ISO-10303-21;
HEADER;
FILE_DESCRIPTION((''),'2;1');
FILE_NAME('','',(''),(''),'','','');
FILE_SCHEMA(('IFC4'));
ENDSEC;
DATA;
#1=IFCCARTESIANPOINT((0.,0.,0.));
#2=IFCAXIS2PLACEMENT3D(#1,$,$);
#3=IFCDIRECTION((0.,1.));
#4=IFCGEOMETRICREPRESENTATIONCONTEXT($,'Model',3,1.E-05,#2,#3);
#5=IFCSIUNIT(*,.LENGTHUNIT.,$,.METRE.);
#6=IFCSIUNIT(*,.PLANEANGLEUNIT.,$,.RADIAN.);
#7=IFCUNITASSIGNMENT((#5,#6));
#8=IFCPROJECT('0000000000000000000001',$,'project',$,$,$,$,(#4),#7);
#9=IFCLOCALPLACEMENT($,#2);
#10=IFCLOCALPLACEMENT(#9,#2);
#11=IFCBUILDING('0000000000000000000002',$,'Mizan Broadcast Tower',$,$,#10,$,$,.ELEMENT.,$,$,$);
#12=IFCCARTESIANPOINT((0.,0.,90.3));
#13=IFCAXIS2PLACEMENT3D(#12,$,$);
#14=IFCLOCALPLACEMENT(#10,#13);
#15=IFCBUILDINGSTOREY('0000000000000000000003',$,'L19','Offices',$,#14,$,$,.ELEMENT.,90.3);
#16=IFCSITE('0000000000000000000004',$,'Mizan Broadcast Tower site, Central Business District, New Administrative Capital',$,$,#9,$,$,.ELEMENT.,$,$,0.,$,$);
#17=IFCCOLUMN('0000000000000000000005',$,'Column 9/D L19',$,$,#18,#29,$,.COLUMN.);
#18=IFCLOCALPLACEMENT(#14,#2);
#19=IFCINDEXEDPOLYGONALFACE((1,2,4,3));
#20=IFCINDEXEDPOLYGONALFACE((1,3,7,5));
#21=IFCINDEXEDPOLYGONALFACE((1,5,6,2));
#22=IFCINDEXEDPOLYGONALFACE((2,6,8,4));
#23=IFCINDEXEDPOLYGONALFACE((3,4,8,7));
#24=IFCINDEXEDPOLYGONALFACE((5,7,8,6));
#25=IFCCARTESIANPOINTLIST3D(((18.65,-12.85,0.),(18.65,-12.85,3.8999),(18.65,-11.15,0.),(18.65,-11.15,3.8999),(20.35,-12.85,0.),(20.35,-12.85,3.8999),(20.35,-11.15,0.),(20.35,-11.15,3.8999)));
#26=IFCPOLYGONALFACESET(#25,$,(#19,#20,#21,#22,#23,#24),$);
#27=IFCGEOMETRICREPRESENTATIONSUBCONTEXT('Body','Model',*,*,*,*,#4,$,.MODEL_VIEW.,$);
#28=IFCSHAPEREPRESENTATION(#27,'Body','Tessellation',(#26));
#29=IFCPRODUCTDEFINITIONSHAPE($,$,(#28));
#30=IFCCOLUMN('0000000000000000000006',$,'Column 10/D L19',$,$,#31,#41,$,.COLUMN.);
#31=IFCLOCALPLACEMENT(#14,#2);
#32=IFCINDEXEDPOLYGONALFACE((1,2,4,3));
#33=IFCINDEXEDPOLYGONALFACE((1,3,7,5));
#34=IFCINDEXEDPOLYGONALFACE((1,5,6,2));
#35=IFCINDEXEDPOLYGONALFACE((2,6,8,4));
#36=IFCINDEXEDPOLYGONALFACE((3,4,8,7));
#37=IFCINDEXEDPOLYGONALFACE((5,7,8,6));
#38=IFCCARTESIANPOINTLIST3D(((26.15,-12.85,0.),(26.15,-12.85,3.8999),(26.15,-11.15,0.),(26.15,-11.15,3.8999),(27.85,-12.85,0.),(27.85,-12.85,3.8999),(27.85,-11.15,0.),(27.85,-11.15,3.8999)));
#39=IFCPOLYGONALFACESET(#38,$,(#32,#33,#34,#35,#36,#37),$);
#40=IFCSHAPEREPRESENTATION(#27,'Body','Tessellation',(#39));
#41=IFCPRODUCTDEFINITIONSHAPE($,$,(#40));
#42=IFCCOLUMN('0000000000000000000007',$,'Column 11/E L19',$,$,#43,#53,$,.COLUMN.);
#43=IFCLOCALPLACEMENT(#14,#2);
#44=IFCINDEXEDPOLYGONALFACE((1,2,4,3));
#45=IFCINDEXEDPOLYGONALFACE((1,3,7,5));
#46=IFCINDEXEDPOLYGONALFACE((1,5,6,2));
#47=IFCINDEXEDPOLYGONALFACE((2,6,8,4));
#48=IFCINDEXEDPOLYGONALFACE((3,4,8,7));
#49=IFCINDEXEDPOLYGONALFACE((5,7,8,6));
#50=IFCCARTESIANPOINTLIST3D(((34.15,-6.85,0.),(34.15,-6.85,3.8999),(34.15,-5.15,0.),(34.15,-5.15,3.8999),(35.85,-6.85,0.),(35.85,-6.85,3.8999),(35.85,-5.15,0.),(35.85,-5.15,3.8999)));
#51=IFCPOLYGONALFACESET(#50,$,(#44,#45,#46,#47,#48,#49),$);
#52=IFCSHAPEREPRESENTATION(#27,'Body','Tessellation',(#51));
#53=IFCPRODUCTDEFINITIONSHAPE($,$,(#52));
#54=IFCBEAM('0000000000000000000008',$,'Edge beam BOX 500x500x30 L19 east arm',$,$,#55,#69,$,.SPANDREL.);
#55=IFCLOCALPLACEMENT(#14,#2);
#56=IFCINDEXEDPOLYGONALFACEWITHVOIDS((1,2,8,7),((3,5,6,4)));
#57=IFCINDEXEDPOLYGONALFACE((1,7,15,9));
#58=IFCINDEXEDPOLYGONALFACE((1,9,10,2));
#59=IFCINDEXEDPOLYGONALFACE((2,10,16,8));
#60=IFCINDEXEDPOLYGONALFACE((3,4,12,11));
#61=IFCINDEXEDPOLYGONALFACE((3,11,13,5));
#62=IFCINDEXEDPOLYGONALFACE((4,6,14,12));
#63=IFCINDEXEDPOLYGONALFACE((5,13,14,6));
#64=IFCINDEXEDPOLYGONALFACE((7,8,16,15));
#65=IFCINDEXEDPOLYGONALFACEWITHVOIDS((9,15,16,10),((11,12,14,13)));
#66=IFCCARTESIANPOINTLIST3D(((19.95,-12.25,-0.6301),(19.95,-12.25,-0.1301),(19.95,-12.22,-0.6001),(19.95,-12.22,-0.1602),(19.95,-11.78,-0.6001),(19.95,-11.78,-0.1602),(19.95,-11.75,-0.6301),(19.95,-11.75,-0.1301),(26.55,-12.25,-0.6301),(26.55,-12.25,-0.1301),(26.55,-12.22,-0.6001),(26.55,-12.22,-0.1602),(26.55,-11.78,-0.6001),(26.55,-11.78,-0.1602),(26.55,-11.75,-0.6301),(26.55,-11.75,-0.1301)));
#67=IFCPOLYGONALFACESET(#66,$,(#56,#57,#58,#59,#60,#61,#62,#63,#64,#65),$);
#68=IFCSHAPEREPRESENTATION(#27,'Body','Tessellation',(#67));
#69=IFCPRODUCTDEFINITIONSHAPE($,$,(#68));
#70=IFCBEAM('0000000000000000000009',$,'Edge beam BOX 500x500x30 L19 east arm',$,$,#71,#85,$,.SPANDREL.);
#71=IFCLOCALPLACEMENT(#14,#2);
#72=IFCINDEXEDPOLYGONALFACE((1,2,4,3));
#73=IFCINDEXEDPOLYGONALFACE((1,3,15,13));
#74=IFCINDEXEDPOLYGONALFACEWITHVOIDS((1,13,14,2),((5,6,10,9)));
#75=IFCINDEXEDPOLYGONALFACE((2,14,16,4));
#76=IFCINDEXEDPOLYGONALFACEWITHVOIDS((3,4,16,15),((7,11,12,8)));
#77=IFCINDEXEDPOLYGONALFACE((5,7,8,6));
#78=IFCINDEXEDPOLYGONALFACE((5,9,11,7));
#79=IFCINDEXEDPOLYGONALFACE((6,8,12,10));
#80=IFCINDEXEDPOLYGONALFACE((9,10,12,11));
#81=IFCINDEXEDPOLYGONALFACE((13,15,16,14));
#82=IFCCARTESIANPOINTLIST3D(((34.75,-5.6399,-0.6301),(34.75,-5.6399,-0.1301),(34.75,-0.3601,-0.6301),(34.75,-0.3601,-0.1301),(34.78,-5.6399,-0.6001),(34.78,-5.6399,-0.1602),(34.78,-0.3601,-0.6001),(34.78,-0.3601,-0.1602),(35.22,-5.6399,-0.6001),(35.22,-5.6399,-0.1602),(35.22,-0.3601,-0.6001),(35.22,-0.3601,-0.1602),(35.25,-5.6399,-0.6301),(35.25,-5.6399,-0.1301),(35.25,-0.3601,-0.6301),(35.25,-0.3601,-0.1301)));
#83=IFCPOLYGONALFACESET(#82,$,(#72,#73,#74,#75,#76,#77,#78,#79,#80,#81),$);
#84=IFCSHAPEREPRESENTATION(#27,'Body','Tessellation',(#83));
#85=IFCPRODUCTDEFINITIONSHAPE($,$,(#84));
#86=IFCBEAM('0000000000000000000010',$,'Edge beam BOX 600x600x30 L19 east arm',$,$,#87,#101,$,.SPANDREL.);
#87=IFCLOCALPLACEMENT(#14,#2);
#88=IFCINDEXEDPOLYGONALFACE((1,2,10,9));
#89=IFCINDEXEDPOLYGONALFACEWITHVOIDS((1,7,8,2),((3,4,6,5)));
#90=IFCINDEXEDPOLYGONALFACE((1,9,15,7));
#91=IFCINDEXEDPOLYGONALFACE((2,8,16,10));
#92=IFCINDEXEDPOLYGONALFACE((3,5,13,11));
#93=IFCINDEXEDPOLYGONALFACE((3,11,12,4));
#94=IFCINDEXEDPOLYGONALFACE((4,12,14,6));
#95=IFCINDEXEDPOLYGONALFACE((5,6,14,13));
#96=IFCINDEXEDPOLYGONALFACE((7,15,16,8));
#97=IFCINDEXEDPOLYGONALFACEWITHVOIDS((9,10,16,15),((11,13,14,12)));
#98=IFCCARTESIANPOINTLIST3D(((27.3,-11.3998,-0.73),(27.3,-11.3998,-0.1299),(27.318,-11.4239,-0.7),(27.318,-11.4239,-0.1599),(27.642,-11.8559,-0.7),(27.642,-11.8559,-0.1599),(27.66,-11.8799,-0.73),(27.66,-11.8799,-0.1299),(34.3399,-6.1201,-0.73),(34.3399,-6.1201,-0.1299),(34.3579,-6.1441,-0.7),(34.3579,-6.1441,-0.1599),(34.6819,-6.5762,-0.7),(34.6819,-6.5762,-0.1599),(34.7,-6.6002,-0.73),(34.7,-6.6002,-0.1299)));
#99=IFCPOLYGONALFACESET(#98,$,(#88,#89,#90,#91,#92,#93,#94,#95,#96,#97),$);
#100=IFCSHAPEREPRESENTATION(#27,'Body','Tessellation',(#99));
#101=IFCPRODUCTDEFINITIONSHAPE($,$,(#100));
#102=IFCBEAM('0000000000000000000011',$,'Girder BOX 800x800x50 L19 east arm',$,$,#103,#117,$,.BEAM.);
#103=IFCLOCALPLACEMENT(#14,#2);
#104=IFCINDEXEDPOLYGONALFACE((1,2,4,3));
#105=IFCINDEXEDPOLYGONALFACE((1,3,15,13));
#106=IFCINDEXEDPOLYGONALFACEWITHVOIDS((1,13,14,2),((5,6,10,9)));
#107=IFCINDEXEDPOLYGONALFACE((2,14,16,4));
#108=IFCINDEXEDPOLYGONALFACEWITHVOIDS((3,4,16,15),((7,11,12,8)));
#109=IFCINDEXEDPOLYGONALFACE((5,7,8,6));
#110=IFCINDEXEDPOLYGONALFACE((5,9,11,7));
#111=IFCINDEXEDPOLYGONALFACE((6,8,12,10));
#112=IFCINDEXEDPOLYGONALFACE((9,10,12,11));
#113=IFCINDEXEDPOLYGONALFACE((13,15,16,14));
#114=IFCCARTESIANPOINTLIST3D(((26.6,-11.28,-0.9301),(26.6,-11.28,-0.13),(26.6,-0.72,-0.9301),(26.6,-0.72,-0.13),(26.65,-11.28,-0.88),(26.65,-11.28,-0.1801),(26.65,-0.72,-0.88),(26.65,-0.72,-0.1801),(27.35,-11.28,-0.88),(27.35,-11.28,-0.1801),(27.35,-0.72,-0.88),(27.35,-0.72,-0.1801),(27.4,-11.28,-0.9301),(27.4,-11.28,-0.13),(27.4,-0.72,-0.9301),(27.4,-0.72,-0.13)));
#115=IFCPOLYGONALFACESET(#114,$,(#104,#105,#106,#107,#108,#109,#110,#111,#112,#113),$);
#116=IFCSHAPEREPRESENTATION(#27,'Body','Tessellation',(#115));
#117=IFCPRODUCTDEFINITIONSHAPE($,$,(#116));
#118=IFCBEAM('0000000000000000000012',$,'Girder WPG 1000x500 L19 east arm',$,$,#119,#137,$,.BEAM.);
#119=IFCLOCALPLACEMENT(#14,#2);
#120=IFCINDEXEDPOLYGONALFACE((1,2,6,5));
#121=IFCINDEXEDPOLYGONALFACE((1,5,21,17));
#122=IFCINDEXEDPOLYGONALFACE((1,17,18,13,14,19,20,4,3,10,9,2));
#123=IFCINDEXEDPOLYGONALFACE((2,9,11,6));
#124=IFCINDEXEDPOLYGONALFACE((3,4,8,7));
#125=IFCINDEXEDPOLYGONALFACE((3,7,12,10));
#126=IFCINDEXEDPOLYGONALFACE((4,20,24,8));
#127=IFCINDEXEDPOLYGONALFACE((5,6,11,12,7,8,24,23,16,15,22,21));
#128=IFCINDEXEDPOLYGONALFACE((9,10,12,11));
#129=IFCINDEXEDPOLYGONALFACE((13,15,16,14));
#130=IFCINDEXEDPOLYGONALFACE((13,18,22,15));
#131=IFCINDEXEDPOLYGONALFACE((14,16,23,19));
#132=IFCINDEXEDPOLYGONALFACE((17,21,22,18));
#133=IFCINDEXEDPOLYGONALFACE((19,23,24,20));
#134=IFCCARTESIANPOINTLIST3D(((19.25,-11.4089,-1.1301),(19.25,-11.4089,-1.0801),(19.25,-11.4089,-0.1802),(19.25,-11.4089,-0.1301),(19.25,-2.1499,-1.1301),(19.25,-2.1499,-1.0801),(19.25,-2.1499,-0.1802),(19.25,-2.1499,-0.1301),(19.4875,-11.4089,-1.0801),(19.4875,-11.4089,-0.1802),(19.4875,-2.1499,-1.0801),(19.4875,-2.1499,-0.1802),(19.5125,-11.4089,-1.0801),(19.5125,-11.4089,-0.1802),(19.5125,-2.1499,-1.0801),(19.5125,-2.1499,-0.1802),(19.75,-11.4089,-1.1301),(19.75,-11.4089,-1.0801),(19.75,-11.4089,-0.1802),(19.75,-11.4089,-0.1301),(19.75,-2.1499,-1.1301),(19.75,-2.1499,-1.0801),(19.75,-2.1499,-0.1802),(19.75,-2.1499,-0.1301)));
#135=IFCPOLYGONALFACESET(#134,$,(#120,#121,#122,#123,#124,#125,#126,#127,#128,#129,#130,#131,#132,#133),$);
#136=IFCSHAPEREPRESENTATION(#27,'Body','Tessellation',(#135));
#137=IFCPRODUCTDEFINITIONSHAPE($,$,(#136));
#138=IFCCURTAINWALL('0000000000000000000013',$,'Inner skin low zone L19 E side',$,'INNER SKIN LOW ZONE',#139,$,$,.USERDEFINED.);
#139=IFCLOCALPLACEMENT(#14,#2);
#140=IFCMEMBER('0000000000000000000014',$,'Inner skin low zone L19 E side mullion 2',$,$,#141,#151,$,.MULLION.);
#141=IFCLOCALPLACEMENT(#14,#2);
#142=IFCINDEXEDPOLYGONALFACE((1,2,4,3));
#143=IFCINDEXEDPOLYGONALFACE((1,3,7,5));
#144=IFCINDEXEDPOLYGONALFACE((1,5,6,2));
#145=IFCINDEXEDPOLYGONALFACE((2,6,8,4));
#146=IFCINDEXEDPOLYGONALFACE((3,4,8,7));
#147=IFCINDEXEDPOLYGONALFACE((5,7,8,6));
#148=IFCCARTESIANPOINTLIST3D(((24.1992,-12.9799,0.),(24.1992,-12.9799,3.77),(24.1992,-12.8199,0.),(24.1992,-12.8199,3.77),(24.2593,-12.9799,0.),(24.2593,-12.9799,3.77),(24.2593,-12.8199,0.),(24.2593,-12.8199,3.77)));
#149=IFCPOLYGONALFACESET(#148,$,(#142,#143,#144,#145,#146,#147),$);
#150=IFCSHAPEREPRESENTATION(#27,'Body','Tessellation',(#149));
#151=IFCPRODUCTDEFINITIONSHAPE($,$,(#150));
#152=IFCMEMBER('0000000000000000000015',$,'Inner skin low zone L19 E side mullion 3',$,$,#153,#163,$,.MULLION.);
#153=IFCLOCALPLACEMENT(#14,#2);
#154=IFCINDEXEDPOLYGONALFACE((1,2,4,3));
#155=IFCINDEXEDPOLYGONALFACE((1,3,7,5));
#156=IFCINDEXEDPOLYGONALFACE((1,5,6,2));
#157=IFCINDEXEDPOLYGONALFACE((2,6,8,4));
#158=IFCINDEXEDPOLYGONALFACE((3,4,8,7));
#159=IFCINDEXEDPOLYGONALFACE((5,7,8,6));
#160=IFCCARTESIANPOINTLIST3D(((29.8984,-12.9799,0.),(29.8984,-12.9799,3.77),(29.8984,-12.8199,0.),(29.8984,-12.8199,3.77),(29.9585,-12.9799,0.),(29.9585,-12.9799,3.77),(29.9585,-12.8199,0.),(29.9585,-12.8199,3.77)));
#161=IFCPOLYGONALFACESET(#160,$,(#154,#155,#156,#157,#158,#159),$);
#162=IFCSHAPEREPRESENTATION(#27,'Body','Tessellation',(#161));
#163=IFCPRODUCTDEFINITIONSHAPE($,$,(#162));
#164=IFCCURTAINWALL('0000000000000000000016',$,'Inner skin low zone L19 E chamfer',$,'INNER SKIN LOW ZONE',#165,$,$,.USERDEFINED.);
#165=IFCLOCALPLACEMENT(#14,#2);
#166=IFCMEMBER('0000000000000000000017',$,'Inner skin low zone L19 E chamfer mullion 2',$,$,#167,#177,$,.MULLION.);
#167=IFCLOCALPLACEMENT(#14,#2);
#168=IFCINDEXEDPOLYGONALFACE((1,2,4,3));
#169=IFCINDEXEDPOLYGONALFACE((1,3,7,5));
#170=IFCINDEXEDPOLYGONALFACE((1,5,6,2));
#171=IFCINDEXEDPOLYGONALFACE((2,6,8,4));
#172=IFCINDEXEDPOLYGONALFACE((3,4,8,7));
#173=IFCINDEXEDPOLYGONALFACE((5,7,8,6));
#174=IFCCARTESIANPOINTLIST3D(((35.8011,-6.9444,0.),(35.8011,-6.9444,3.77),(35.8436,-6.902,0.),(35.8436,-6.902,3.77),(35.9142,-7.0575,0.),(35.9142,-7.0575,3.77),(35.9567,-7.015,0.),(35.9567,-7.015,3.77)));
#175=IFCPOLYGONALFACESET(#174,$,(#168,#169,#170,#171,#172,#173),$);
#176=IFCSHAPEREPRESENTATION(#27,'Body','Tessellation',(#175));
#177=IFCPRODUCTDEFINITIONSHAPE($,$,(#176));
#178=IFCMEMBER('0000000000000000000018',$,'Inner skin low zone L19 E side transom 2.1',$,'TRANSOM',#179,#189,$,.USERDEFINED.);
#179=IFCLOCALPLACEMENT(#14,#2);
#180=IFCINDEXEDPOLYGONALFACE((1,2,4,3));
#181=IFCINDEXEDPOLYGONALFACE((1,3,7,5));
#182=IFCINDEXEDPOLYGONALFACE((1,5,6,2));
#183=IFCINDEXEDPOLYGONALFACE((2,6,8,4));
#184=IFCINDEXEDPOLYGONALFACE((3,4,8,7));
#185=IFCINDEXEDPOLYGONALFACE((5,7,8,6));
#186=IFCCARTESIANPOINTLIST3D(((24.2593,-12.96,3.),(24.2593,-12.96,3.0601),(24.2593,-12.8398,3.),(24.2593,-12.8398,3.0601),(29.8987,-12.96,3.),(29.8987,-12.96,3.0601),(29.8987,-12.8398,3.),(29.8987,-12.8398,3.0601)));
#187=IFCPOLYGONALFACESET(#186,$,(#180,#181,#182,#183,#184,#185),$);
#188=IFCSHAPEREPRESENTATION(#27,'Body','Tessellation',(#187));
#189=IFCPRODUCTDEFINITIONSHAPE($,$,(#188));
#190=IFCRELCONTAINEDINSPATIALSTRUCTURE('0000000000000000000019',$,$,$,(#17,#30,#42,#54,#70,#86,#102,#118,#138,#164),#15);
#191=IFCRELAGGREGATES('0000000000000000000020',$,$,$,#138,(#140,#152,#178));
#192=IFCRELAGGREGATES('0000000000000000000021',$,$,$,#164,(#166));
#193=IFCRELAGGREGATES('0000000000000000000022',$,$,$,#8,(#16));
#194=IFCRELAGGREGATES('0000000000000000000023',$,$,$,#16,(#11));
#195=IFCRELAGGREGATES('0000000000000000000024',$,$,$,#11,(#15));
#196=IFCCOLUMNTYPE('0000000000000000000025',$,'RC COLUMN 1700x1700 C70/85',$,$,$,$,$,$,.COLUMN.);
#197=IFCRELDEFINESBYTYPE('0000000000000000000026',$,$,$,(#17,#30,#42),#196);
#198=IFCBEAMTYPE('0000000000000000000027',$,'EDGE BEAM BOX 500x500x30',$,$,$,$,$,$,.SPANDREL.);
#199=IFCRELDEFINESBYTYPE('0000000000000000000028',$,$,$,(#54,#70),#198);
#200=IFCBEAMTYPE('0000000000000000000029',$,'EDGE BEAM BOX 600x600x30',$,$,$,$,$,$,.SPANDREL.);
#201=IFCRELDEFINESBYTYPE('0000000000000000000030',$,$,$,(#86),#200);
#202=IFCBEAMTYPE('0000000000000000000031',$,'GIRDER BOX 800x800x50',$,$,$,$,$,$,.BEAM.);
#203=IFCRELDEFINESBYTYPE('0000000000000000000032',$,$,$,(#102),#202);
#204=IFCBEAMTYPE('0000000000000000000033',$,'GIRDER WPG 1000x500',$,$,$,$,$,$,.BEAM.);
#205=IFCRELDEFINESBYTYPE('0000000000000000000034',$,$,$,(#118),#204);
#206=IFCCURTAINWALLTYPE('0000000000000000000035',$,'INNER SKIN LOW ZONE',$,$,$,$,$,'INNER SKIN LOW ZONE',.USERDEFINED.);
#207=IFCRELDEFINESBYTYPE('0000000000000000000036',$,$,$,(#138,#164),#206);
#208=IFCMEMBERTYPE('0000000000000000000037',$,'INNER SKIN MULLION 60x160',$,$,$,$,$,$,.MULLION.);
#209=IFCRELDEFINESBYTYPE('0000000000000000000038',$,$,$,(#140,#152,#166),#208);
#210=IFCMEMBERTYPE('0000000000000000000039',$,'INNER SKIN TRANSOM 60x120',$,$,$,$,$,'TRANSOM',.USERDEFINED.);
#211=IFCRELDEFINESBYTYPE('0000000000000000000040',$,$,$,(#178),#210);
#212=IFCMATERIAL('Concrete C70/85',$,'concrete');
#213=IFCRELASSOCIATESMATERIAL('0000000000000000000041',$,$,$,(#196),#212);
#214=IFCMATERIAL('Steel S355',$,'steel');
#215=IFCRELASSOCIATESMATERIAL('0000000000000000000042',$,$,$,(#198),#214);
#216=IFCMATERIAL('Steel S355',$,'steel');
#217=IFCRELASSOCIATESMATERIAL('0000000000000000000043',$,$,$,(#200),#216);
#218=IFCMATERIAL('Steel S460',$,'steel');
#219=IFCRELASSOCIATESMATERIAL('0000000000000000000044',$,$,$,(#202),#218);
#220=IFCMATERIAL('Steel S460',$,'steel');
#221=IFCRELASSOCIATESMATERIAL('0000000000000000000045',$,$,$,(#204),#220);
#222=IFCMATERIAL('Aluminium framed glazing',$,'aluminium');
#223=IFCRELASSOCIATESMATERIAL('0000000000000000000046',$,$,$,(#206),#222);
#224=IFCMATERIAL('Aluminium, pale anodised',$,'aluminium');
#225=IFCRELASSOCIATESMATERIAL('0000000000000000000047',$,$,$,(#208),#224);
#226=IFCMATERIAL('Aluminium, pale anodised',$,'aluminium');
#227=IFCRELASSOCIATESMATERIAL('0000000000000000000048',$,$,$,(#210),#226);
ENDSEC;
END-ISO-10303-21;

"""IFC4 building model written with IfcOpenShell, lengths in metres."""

from ifc_helpers import new_model, si_unit, direction, frame, origin, origin_2d, place, context, subcontext, project, spatial, rectangle, hollow_rectangle, i_section, extrude, material, material_profile, profile_set, type_object, element, aggregate, save


model = new_model("IFC4")

# Units and contexts
model_context = context("Model", 3, precision=1e-05, world=origin(), true_north=direction((0.0, 1.0)))
body_context = subcontext(model_context, "Body", "Model", "MODEL_VIEW")
ifc_project = project(units=[si_unit("LENGTHUNIT", "METRE"), si_unit("PLANEANGLEUNIT", "RADIAN")], contexts=[model_context])

# Site, building, storey
site_placement = place(None, origin())
site = spatial("IfcSite", under=ifc_project, at=site_placement, Name="Mizan Broadcast Tower site, Central Business District, New Administrative Capital", CompositionType="ELEMENT", RefElevation=0.0)
building_placement = place(site_placement, origin())
building = spatial("IfcBuilding", under=site, at=building_placement, Name="Mizan Broadcast Tower", CompositionType="ELEMENT")
storey_placement = place(building_placement, frame((0.0, 0.0, 90.3)))
storey = spatial("IfcBuildingStorey", under=building, at=storey_placement, Name="L19", Description="Offices", CompositionType="ELEMENT", Elevation=90.3)

# Columns
ifc_material_1 = material(Name="Concrete C70/85", Category="concrete")
ifc_material_profile_1 = material_profile(ifc_material_1, rectangle(XDim=1.7, YDim=1.7, at=origin_2d()), Name="RC 1700x1700")
ifc_profile_set_1 = profile_set([ifc_material_profile_1], Name="Concrete C70/85")
column_type = type_object("IfcColumnType", Name="RC COLUMN 1700x1700 C70/85", PredefinedType="COLUMN", material=ifc_profile_set_1)
for number, where, z_axis, x_axis, name in (
    (1, (19.5, -12.0, 0.0), (0.0, 0.0, 1.0), (1.0, 0.0, 0.0), "Column 9/D L19"),
    (2, (27.0, -12.0, 0.0), (0.0, 0.0, 1.0), (1.0, 0.0, 0.0), "Column 10/D L19"),
    (3, (35.0, -6.0, 0.0), (0.0, 0.0, 1.0), (1.0, 0.0, 0.0), "Column 11/E L19"),
):
    element("IfcColumn", number, at=place(storey_placement, frame(where, z_axis=z_axis, x_axis=x_axis)), inside=storey, type_object=column_type, Name=name, PredefinedType="COLUMN", context=body_context, shape_type="SweptSolid", body=[
        extrude(rectangle(XDim=1.7, YDim=1.7, at=origin_2d()), origin(), (0.0, 0.0, 1.0), 3.8999),
    ])

# Beams
ifc_material_2 = material(Name="Steel S355", Category="steel")
ifc_material_profile_2 = material_profile(ifc_material_2, hollow_rectangle(XDim=0.5, YDim=0.5, WallThickness=0.03, at=origin_2d()), Name="BOX 500x500x30")
ifc_profile_set_2 = profile_set([ifc_material_profile_2], Name="Steel S355")
beam_type_1 = type_object("IfcBeamType", Name="EDGE BEAM BOX 500x500x30", PredefinedType="SPANDREL", material=ifc_profile_set_2)
beam_1_placement = place(storey_placement, frame((19.95, -12.0, -0.3801), z_axis=(1.0, 0.0, 0.0), x_axis=(0.0, 1.0, 0.0)))
element("IfcBeam", 4, at=beam_1_placement, inside=storey, type_object=beam_type_1, Name="Edge beam BOX 500x500x30 L19 east arm", PredefinedType="SPANDREL", context=body_context, shape_type="SweptSolid", body=[
    extrude(hollow_rectangle(XDim=0.5, YDim=0.5, WallThickness=0.03, at=origin_2d()), origin(), (0.0, 0.0, 1.0), 6.6001),
])
beam_2_placement = place(storey_placement, frame((35.0, -5.6399, -0.3801), z_axis=(0.0, 1.0, 0.0), x_axis=(-1.0, 0.0, 0.0)))
element("IfcBeam", 5, at=beam_2_placement, inside=storey, type_object=beam_type_1, Name="Edge beam BOX 500x500x30 L19 east arm", PredefinedType="SPANDREL", context=body_context, shape_type="SweptSolid", body=[
    extrude(hollow_rectangle(XDim=0.5, YDim=0.5, WallThickness=0.03, at=origin_2d()), origin(), (0.0, 0.0, 1.0), 5.2798),
])
ifc_material_3 = material(Name="Steel S355", Category="steel")
ifc_material_profile_3 = material_profile(ifc_material_3, hollow_rectangle(XDim=0.6001, YDim=0.6001, WallThickness=0.03, at=origin_2d()), Name="BOX 600x600x30")
ifc_profile_set_3 = profile_set([ifc_material_profile_3], Name="Steel S355")
beam_type_2 = type_object("IfcBeamType", Name="EDGE BEAM BOX 600x600x30", PredefinedType="SPANDREL", material=ifc_profile_set_3)
beam_3_placement = place(storey_placement, frame((27.48, -11.6399, -0.4299), z_axis=(0.800013, 0.599982, 0.0), x_axis=(-0.599982, 0.800013, 0.0)))
element("IfcBeam", 6, at=beam_3_placement, inside=storey, type_object=beam_type_2, Name="Edge beam BOX 600x600x30 L19 east arm", PredefinedType="SPANDREL", context=body_context, shape_type="SweptSolid", body=[
    extrude(hollow_rectangle(XDim=0.6001, YDim=0.6001, WallThickness=0.03, at=origin_2d()), origin(), (0.0, 0.0, 1.0), 8.7998),
])
ifc_material_4 = material(Name="Steel S460", Category="steel")
ifc_material_profile_4 = material_profile(ifc_material_4, hollow_rectangle(XDim=0.8, YDim=0.8, WallThickness=0.05, at=origin_2d()), Name="BOX 800x800x50")
ifc_profile_set_4 = profile_set([ifc_material_profile_4], Name="Steel S460")
beam_type_3 = type_object("IfcBeamType", Name="GIRDER BOX 800x800x50", PredefinedType="BEAM", material=ifc_profile_set_4)
beam_4_placement = place(storey_placement, frame((27.0, -11.28, -0.53), z_axis=(0.0, 1.0, 0.0), x_axis=(-1.0, 0.0, 0.0)))
element("IfcBeam", 7, at=beam_4_placement, inside=storey, type_object=beam_type_3, Name="Girder BOX 800x800x50 L19 east arm", PredefinedType="BEAM", context=body_context, shape_type="SweptSolid", body=[
    extrude(hollow_rectangle(XDim=0.8, YDim=0.8, WallThickness=0.05, at=origin_2d()), origin(), (0.0, 0.0, 1.0), 10.5601),
])
ifc_material_5 = material(Name="Steel S460", Category="steel")
ifc_material_profile_5 = material_profile(ifc_material_5, i_section(OverallWidth=0.5, OverallDepth=1.0, WebThickness=0.0249, FlangeThickness=0.05, at=origin_2d()), Name="WPG 1000x500")
ifc_profile_set_5 = profile_set([ifc_material_profile_5], Name="Steel S460")
beam_type_4 = type_object("IfcBeamType", Name="GIRDER WPG 1000x500", PredefinedType="BEAM", material=ifc_profile_set_5)
beam_5_placement = place(storey_placement, frame((19.5, -11.4089, -0.6301), z_axis=(0.0, 1.0, 0.0), x_axis=(-1.0, 0.0, 0.0)))
element("IfcBeam", 8, at=beam_5_placement, inside=storey, type_object=beam_type_4, Name="Girder WPG 1000x500 L19 east arm", PredefinedType="BEAM", context=body_context, shape_type="SweptSolid", body=[
    extrude(i_section(OverallWidth=0.5, OverallDepth=1.0, WebThickness=0.0249, FlangeThickness=0.05, at=origin_2d()), origin(), (0.0, 0.0, 1.0), 9.259),
])

# Curtain wall, members
ifc_material_6 = material(Name="Aluminium framed glazing", Category="aluminium")
curtain_wall_type_1 = type_object("IfcCurtainWallType", Name="INNER SKIN LOW ZONE", ElementType="INNER SKIN LOW ZONE", PredefinedType="USERDEFINED", material=ifc_material_6)
curtain_wall_1_placement = place(storey_placement, origin())
curtain_wall_1 = element("IfcCurtainWall", 9, at=curtain_wall_1_placement, inside=storey, type_object=curtain_wall_type_1, Name="Inner skin low zone L19 E side", ObjectType="INNER SKIN LOW ZONE", PredefinedType="USERDEFINED")
ifc_material_7 = material(Name="Aluminium, pale anodised", Category="aluminium")
ifc_material_profile_6 = material_profile(ifc_material_7, rectangle(XDim=0.1599, YDim=0.0601, at=origin_2d()), Name="MULLION 160x60")
ifc_profile_set_6 = profile_set([ifc_material_profile_6], Name="Aluminium, pale anodised")
member_type_1 = type_object("IfcMemberType", Name="INNER SKIN MULLION 60x160", PredefinedType="MULLION", material=ifc_profile_set_6)
member_1_placement = place(storey_placement, frame((24.2292, -12.8999, 0.0), z_axis=(0.0, 0.0, 1.0), x_axis=(0.0, 1.0, 0.0)))
member_1 = element("IfcMember", 10, at=member_1_placement, type_object=member_type_1, Name="Inner skin low zone L19 E side mullion 2", PredefinedType="MULLION", context=body_context, shape_type="SweptSolid", body=[
    extrude(rectangle(XDim=0.1599, YDim=0.0601, at=origin_2d()), origin(), (0.0, 0.0, 1.0), 3.77),
])
member_2_placement = place(storey_placement, frame((29.9285, -12.8999, 0.0), z_axis=(0.0, 0.0, 1.0), x_axis=(0.0, 1.0, 0.0)))
member_2 = element("IfcMember", 11, at=member_2_placement, type_object=member_type_1, Name="Inner skin low zone L19 E side mullion 3", PredefinedType="MULLION", context=body_context, shape_type="SweptSolid", body=[
    extrude(rectangle(XDim=0.1599, YDim=0.0601, at=origin_2d()), origin(), (0.0, 0.0, 1.0), 3.77),
])

# Curtain wall, member
curtain_wall_2_placement = place(storey_placement, origin())
curtain_wall_2 = element("IfcCurtainWall", 12, at=curtain_wall_2_placement, inside=storey, type_object=curtain_wall_type_1, Name="Inner skin low zone L19 E chamfer", ObjectType="INNER SKIN LOW ZONE", PredefinedType="USERDEFINED")
member_3_placement = place(storey_placement, frame((35.8789, -6.9797, 0.0), z_axis=(0.0, 0.0, 1.0), x_axis=(-0.707107, 0.707107, 0.0)))
member_3 = element("IfcMember", 13, at=member_3_placement, type_object=member_type_1, Name="Inner skin low zone L19 E chamfer mullion 2", PredefinedType="MULLION", context=body_context, shape_type="SweptSolid", body=[
    extrude(rectangle(XDim=0.1599, YDim=0.0601, at=origin_2d()), origin(), (0.0, 0.0, 1.0), 3.77),
])

# Member
ifc_material_8 = material(Name="Aluminium, pale anodised", Category="aluminium")
ifc_material_profile_7 = material_profile(ifc_material_8, rectangle(XDim=0.1201, YDim=0.0601, at=origin_2d()), Name="TRANSOM 120x60")
ifc_profile_set_7 = profile_set([ifc_material_profile_7], Name="Aluminium, pale anodised")
member_type_2 = type_object("IfcMemberType", Name="INNER SKIN TRANSOM 60x120", ElementType="TRANSOM", PredefinedType="USERDEFINED", material=ifc_profile_set_7)
member_4_placement = place(storey_placement, frame((24.2593, -12.8999, 3.03), z_axis=(1.0, 0.0, 0.0), x_axis=(0.0, 1.0, 0.0)))
member_4 = element("IfcMember", 14, at=member_4_placement, type_object=member_type_2, Name="Inner skin low zone L19 E side transom 2.1", ObjectType="TRANSOM", PredefinedType="USERDEFINED", context=body_context, shape_type="SweptSolid", body=[
    extrude(rectangle(XDim=0.1201, YDim=0.0601, at=origin_2d()), origin(), (0.0, 0.0, 1.0), 5.6394),
])

aggregate(curtain_wall_1, [member_1, member_2, member_4])
aggregate(curtain_wall_2, [member_3])

save(model, "model.ifc")
